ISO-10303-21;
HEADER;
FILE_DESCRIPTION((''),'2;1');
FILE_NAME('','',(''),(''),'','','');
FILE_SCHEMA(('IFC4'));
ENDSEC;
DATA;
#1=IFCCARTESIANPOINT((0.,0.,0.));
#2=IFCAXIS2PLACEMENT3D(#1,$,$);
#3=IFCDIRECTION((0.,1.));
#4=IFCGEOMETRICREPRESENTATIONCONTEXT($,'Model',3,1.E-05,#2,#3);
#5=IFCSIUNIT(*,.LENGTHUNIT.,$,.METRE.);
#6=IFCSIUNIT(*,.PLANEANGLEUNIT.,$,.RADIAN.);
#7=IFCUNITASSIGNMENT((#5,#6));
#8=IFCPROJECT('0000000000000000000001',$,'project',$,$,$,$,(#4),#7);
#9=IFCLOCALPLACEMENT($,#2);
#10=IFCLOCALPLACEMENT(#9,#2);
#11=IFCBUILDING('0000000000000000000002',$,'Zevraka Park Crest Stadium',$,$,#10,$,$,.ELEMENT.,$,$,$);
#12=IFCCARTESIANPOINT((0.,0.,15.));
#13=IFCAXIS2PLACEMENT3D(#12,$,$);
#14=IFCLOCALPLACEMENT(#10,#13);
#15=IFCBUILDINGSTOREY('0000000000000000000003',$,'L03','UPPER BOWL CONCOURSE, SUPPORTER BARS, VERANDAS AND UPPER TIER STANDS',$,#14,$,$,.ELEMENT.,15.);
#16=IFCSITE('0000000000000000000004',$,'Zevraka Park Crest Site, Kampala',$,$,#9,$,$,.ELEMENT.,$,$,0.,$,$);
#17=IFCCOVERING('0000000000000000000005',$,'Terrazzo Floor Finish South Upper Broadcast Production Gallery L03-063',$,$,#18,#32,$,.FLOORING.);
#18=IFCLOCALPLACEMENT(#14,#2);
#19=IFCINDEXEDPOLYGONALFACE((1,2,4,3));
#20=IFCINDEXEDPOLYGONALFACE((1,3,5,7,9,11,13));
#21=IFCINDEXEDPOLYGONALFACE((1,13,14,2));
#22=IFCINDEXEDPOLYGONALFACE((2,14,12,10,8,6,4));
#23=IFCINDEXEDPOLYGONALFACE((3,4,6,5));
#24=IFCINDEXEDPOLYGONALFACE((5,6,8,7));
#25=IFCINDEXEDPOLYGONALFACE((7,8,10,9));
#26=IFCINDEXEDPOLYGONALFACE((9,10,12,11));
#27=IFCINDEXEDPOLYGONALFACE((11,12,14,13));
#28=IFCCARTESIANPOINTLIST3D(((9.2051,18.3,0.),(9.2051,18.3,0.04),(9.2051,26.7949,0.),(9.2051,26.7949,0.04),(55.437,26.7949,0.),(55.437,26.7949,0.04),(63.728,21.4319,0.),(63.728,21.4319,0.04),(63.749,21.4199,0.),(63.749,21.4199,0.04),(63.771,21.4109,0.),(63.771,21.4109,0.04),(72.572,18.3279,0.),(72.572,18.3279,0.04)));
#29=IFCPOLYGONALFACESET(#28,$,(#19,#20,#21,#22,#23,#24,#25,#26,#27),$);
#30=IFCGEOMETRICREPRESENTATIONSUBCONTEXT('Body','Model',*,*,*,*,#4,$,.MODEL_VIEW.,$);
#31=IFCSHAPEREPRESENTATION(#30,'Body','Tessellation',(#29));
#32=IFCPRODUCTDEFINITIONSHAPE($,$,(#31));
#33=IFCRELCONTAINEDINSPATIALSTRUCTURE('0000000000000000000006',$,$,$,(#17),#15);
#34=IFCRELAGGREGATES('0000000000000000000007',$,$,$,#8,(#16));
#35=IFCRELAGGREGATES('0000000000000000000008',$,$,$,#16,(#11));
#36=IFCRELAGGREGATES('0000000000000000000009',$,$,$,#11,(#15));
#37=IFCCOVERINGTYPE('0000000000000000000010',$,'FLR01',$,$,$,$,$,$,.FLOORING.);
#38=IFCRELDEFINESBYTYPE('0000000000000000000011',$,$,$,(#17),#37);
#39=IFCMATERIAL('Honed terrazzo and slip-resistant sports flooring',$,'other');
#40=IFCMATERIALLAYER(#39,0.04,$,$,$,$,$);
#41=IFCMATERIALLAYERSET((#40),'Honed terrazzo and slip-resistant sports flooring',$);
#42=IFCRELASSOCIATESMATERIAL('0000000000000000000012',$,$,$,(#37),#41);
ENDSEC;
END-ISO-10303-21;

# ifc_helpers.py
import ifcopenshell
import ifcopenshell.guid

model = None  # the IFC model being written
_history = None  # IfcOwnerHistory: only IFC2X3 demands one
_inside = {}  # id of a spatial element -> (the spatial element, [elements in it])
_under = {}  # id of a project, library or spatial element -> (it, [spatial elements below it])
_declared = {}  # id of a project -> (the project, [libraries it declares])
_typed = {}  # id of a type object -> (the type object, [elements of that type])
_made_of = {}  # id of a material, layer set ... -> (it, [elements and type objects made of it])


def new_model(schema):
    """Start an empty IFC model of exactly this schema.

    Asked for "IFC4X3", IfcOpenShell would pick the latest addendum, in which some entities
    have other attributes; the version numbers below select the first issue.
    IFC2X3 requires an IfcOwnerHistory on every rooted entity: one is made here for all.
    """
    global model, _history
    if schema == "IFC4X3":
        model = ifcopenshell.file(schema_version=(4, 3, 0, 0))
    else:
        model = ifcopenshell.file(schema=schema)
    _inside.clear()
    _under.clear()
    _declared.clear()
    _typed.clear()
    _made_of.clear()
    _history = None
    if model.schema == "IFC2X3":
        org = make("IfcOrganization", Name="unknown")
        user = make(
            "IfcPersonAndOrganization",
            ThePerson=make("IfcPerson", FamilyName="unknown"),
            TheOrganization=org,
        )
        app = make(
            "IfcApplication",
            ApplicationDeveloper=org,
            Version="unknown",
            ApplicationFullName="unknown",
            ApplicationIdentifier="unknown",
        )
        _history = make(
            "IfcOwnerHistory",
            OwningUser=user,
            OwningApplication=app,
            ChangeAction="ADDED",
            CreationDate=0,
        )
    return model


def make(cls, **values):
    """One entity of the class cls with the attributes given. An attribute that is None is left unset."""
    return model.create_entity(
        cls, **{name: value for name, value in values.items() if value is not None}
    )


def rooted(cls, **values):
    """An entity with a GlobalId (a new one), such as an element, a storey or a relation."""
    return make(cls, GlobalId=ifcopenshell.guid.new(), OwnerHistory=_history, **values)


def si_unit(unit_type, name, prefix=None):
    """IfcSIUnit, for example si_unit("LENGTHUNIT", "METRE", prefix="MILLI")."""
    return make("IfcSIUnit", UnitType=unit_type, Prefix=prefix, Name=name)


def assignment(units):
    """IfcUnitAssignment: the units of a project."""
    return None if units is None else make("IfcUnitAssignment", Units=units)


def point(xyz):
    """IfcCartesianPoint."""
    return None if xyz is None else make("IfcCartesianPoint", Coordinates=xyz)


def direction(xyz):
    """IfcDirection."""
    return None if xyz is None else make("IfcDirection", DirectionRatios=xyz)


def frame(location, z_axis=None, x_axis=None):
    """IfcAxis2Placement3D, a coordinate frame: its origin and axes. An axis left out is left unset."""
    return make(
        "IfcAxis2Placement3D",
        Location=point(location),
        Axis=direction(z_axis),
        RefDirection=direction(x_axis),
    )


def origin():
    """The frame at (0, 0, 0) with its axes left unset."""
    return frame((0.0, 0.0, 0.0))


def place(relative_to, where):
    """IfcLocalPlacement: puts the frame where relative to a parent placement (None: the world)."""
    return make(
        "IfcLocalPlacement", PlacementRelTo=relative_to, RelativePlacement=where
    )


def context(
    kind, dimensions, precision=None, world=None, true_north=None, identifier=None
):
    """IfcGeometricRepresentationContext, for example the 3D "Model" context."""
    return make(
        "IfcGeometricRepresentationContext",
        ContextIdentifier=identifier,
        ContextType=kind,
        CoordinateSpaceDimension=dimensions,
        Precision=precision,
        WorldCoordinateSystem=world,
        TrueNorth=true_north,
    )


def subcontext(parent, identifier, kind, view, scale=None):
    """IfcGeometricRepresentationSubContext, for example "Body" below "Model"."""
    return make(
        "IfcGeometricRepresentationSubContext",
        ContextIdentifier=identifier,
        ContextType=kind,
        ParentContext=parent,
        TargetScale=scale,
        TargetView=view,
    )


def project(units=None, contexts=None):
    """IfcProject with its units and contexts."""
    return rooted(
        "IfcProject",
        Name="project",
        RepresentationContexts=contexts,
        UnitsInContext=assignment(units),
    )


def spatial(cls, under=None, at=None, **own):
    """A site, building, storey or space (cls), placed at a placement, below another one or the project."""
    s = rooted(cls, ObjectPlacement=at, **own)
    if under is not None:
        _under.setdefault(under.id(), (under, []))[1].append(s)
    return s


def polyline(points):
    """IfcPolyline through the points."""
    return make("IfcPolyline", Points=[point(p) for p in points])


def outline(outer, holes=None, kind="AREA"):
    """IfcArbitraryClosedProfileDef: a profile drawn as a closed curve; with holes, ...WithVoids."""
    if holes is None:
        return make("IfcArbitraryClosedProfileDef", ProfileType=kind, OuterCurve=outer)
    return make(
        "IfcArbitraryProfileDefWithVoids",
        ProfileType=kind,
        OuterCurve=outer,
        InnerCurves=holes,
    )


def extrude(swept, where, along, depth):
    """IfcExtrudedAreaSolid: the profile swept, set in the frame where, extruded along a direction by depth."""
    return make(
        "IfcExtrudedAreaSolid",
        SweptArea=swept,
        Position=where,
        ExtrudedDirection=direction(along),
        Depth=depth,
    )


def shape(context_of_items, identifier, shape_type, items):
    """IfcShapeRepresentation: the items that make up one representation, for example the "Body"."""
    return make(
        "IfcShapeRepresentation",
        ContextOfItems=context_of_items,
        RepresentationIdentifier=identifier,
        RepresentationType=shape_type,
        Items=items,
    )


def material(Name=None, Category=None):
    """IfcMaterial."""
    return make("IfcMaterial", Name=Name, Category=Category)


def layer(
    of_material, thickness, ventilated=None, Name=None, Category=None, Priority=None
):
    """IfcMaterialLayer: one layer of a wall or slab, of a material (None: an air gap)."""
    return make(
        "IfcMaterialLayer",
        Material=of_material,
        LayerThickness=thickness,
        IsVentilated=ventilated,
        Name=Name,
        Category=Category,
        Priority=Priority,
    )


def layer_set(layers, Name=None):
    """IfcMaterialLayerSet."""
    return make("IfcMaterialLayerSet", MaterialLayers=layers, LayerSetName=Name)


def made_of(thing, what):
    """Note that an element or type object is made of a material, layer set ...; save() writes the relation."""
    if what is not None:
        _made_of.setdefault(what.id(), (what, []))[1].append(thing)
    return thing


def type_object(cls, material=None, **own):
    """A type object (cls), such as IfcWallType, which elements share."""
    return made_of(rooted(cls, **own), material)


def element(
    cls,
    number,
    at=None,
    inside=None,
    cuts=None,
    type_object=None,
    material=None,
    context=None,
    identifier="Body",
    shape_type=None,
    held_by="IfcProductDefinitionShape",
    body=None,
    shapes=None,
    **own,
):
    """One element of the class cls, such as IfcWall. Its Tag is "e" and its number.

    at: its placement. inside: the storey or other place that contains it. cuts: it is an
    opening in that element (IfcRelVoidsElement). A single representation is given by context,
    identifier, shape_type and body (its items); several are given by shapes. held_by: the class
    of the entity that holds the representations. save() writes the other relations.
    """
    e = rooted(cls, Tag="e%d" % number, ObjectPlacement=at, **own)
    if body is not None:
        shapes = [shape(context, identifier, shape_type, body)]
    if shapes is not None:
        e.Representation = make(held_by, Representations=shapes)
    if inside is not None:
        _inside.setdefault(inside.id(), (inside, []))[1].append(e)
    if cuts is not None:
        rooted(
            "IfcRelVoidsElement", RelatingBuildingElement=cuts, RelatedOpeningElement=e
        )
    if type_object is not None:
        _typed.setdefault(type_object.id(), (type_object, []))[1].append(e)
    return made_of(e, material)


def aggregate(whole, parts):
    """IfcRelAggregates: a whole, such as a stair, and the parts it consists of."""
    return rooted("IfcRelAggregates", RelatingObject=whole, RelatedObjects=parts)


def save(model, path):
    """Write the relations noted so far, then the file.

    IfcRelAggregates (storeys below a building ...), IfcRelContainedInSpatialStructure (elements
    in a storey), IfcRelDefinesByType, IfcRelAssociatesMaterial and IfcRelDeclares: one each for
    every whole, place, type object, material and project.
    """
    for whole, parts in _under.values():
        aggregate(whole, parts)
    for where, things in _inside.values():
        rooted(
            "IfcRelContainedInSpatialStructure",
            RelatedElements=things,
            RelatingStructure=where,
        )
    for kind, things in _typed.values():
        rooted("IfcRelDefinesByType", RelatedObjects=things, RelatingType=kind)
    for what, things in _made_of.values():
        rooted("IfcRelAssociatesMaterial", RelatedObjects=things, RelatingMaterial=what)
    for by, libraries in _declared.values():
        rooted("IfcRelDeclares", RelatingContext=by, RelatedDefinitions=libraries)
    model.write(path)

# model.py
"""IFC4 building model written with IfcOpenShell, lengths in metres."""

from ifc_helpers import new_model, si_unit, direction, frame, origin, place, context, subcontext, project, spatial, polyline, outline, extrude, material, layer, layer_set, type_object, element, save


model = new_model("IFC4")

# Units and contexts
model_context = context("Model", 3, precision=1e-05, world=origin(), true_north=direction((0.0, 1.0)))
body_context = subcontext(model_context, "Body", "Model", "MODEL_VIEW")
ifc_project = project(units=[si_unit("LENGTHUNIT", "METRE"), si_unit("PLANEANGLEUNIT", "RADIAN")], contexts=[model_context])

# Site, building, storey
site_placement = place(None, origin())
site = spatial("IfcSite", under=ifc_project, at=site_placement, Name="Zevraka Park Crest Site, Kampala", CompositionType="ELEMENT", RefElevation=0.0)
building_placement = place(site_placement, origin())
building = spatial("IfcBuilding", under=site, at=building_placement, Name="Zevraka Park Crest Stadium", CompositionType="ELEMENT")
storey_placement = place(building_placement, frame((0.0, 0.0, 15.0)))
storey = spatial("IfcBuildingStorey", under=building, at=storey_placement, Name="L03", Description="UPPER BOWL CONCOURSE, SUPPORTER BARS, VERANDAS AND UPPER TIER STANDS", CompositionType="ELEMENT", Elevation=15.0)

# Covering
ifc_material_1 = material(Name="Honed terrazzo and slip-resistant sports flooring", Category="other")
ifc_layer_1 = layer(ifc_material_1, 0.04)
ifc_layer_set_1 = layer_set([ifc_layer_1], Name="Honed terrazzo and slip-resistant sports flooring")
covering_type_1 = type_object("IfcCoveringType", Name="FLR01", PredefinedType="FLOORING", material=ifc_layer_set_1)
covering_1_placement = place(storey_placement, origin())
element("IfcCovering", 1, at=covering_1_placement, inside=storey, type_object=covering_type_1, Name="Terrazzo Floor Finish South Upper Broadcast Production Gallery L03-063", PredefinedType="FLOORING", context=body_context, shape_type="SweptSolid", body=[
    extrude(outline(polyline([(9.2051, 26.7949), (55.437, 26.7949), (63.728, 21.4319), (63.749, 21.4199), (63.771, 21.4109), (72.572, 18.3279), (9.2051, 18.3), (9.2051, 26.7949)])), origin(), (0.0, 0.0, 1.0), 0.04),
])

save(model, "model.ifc")
